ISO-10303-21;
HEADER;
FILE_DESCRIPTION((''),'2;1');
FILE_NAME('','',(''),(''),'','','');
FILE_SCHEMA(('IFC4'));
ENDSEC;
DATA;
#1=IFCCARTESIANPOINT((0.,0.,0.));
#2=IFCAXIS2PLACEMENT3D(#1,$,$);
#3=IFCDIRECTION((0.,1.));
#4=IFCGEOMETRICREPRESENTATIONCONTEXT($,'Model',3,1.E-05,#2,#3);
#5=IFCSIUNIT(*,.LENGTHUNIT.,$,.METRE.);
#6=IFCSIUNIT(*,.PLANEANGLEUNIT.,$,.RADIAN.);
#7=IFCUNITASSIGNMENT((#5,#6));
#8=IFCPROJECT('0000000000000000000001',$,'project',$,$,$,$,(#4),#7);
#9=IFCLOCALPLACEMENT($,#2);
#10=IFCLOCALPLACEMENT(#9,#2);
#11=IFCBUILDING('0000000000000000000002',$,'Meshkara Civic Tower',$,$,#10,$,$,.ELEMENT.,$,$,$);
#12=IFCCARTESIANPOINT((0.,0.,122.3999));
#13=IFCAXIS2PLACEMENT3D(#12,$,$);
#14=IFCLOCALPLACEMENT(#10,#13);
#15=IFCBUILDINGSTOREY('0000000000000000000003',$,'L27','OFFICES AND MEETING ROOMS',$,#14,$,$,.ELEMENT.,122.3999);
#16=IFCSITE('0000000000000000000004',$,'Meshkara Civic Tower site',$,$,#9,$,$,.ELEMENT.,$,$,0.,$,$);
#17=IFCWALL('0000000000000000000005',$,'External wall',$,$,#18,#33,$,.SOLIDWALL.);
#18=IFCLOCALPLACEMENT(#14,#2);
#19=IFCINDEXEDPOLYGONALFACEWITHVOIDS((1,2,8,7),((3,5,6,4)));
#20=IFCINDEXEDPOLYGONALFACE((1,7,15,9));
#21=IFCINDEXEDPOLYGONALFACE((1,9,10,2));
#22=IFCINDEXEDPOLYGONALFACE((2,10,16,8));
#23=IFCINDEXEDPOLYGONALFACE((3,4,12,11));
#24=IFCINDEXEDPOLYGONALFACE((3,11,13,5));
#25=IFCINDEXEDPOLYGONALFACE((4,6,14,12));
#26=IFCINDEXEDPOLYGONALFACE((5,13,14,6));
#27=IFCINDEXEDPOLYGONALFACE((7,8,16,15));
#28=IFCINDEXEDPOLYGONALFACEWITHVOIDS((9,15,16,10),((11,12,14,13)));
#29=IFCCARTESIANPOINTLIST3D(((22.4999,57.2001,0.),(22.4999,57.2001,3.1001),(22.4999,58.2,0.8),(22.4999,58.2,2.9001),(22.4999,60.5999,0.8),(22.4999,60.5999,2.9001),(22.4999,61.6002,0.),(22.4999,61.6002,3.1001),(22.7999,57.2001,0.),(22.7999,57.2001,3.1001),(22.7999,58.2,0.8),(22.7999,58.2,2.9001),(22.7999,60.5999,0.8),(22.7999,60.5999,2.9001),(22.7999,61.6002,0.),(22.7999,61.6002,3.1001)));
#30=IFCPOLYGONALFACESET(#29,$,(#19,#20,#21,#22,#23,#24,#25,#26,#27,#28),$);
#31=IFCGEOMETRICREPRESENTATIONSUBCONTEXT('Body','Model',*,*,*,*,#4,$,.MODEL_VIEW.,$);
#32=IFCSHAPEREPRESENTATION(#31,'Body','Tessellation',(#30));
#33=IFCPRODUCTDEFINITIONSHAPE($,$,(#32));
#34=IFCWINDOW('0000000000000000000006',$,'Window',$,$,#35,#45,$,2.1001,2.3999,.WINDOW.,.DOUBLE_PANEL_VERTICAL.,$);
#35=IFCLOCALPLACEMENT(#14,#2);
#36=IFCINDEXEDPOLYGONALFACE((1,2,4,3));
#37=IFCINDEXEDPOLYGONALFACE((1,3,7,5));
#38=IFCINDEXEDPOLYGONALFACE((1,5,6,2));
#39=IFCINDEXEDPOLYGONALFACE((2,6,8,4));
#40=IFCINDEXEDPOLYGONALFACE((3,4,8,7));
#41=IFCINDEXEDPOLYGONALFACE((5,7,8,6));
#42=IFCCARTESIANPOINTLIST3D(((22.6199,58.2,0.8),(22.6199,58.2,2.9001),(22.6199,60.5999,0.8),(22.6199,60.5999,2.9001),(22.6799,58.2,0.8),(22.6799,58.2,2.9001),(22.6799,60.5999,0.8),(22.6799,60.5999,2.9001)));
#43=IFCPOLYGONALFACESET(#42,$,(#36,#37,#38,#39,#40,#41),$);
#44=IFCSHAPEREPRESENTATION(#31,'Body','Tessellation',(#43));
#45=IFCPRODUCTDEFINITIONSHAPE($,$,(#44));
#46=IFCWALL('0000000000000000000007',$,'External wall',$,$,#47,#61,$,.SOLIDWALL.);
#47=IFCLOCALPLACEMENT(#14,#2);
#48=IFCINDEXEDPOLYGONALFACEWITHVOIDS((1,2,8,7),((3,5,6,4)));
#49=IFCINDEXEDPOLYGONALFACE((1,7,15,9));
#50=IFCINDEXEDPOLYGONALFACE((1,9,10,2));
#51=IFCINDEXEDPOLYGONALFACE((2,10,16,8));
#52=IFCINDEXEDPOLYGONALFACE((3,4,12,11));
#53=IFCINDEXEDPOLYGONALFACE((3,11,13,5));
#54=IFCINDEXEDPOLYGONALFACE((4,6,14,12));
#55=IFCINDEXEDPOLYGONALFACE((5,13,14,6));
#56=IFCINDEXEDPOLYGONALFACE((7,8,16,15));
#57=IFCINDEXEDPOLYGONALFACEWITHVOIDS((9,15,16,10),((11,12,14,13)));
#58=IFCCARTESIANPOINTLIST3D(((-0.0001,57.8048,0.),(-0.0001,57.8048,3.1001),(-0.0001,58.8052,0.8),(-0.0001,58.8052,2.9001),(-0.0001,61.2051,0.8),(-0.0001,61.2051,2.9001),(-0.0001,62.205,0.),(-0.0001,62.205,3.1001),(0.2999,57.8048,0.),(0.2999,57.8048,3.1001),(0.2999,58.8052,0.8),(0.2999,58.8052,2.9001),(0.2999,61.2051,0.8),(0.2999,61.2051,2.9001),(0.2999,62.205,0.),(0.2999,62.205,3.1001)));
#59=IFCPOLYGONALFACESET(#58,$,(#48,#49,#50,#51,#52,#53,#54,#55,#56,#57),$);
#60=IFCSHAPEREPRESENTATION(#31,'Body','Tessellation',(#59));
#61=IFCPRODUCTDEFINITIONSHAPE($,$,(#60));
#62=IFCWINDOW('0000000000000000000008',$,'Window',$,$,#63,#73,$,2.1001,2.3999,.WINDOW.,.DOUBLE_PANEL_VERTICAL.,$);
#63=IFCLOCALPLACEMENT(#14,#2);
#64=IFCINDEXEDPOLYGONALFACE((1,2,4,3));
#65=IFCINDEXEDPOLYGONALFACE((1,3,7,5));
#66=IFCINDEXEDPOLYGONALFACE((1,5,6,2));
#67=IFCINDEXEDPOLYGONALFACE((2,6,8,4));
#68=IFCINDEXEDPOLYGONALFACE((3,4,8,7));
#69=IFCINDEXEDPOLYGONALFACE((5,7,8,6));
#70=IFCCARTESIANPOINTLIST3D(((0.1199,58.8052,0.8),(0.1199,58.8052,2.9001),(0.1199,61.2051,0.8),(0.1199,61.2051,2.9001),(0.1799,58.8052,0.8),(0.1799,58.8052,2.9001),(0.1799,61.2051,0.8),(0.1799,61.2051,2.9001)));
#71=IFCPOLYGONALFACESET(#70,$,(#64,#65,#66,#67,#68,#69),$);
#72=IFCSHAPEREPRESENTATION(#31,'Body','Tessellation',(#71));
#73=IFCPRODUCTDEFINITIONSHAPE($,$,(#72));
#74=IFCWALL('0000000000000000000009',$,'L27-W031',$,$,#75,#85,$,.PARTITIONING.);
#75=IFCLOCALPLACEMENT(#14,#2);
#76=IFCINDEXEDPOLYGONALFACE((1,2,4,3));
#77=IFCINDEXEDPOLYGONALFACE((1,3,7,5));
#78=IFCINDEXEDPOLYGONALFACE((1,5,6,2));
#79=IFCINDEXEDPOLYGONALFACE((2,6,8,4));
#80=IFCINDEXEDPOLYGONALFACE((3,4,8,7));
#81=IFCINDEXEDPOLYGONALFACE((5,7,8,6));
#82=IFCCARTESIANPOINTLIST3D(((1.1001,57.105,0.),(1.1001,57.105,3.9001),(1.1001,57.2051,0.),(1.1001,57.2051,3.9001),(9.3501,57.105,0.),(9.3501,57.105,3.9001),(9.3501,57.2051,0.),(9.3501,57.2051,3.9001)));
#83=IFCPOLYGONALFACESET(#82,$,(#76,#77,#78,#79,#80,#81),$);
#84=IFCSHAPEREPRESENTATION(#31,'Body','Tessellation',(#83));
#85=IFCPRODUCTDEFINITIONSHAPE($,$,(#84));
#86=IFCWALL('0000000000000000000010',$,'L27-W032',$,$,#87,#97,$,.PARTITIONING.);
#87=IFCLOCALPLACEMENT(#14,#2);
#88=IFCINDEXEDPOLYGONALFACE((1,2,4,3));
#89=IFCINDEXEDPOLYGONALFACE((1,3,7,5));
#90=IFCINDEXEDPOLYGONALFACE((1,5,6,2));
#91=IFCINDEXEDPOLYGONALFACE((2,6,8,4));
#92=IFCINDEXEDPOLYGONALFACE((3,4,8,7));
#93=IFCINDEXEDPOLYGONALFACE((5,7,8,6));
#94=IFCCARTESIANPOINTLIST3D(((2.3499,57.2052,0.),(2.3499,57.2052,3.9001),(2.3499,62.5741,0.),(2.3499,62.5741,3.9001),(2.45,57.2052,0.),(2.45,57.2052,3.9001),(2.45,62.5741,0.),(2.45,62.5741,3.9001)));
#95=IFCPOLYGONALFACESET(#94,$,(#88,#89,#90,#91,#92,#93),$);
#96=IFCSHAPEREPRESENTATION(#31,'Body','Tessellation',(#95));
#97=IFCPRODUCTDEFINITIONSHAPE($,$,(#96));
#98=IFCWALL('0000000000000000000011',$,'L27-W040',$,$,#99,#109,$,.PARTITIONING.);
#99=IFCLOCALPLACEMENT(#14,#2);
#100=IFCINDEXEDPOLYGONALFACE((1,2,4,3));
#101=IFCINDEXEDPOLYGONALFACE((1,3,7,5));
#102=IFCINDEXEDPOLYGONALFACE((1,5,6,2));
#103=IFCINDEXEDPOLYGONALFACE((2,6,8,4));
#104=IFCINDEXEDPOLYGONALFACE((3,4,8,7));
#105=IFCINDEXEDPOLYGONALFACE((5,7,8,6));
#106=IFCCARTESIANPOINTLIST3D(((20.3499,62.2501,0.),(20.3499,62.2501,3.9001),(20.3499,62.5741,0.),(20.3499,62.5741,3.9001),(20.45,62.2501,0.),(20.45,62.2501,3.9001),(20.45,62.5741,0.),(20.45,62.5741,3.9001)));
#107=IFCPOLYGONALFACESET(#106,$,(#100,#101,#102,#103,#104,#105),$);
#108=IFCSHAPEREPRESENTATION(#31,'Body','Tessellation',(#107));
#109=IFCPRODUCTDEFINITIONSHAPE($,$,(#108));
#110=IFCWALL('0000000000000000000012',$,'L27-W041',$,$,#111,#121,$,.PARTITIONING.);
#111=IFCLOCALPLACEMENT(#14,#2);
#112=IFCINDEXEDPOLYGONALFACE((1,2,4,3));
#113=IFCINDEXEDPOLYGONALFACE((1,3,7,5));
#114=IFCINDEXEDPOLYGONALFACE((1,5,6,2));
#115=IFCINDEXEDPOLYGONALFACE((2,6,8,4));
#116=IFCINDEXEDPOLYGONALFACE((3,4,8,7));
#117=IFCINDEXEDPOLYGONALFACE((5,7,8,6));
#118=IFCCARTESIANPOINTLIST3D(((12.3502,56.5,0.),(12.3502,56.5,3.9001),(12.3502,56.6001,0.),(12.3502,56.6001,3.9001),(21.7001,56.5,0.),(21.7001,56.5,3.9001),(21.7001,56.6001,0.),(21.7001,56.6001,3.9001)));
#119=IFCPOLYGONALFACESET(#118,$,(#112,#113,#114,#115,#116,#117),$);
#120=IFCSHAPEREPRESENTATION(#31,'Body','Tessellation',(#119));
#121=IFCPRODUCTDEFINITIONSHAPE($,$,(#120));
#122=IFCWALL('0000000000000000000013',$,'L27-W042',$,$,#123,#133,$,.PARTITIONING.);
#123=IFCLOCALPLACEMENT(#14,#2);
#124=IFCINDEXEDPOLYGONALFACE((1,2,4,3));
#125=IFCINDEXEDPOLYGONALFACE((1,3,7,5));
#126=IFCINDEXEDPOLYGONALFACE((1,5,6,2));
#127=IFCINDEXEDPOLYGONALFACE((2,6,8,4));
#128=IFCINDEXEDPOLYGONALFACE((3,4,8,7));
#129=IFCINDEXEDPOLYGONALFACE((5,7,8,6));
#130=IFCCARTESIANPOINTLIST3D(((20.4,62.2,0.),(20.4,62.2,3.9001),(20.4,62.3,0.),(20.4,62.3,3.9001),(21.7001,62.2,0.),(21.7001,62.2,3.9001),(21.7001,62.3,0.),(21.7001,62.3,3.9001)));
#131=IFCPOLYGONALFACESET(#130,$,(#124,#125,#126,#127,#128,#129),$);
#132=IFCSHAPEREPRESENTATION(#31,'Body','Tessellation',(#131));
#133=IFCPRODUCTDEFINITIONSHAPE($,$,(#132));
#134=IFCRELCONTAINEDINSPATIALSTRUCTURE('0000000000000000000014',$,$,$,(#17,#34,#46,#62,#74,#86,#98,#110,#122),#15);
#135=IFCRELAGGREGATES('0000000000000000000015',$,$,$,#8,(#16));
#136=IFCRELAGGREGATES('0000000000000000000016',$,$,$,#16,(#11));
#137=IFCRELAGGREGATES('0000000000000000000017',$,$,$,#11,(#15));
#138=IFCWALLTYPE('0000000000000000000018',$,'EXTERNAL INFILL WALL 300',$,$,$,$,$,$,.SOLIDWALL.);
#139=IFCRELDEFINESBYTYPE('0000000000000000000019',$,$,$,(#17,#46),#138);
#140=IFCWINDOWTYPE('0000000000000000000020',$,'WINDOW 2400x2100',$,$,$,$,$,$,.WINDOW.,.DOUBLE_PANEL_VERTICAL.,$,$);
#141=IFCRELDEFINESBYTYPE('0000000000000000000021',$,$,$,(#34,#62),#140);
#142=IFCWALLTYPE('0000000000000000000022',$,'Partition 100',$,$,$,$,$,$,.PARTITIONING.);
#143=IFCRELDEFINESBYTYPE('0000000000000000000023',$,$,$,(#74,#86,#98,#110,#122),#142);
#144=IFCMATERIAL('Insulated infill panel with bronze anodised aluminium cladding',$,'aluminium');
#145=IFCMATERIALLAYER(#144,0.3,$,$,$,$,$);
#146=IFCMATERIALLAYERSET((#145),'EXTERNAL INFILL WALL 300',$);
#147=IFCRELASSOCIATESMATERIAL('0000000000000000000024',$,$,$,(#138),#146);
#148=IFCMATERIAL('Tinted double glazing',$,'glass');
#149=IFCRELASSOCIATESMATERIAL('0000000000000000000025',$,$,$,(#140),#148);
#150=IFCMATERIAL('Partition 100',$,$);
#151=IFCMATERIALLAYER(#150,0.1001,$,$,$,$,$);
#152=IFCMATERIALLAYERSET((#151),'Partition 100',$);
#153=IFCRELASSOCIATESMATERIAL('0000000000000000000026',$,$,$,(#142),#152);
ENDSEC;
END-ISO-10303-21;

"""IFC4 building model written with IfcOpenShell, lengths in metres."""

from ifc_helpers import new_model, si_unit, direction, frame, frame_2d, origin, place, context, subcontext, project, spatial, rectangle, extrude, material, layer, layer_set, type_object, element, fill, save


model = new_model("IFC4")

# Units and contexts
model_context = context("Model", 3, precision=1e-05, world=origin(), true_north=direction((0.0, 1.0)))
body_context = subcontext(model_context, "Body", "Model", "MODEL_VIEW")
ifc_project = project(units=[si_unit("LENGTHUNIT", "METRE"), si_unit("PLANEANGLEUNIT", "RADIAN")], contexts=[model_context])

# Site, building, storey
site_placement = place(None, origin())
site = spatial("IfcSite", under=ifc_project, at=site_placement, Name="Meshkara Civic Tower site", CompositionType="ELEMENT", RefElevation=0.0)
building_placement = place(site_placement, origin())
building = spatial("IfcBuilding", under=site, at=building_placement, Name="Meshkara Civic Tower", CompositionType="ELEMENT")
storey_placement = place(building_placement, frame((0.0, 0.0, 122.3999)))
storey = spatial("IfcBuildingStorey", under=building, at=storey_placement, Name="L27", Description="OFFICES AND MEETING ROOMS", CompositionType="ELEMENT", Elevation=122.3999)

# Walls, openings, windows
ifc_material_1 = material(Name="Insulated infill panel with bronze anodised aluminium cladding", Category="aluminium")
ifc_layer_1 = layer(ifc_material_1, 0.3)
ifc_layer_set_1 = layer_set([ifc_layer_1], Name="EXTERNAL INFILL WALL 300")
wall_type_1 = type_object("IfcWallType", Name="EXTERNAL INFILL WALL 300", PredefinedType="SOLIDWALL", material=ifc_layer_set_1)
wall_1_placement = place(storey_placement, frame((22.6499, 57.2, 0.0), z_axis=(0.0, 0.0, 1.0), x_axis=(0.0, 1.0, 0.0)))
wall_1 = element("IfcWall", 1, at=wall_1_placement, inside=storey, type_object=wall_type_1, Name="External wall", PredefinedType="SOLIDWALL", context=body_context, shape_type="SweptSolid", body=[
    extrude(rectangle(XDim=4.4001, YDim=0.3, at=frame_2d((2.2002, 0.0))), origin(), (0.0, 0.0, 1.0), 3.1001),
])
opening_1_placement = place(wall_1_placement, frame((1.0, 0.0, 0.8)))
opening_1 = element("IfcOpeningElement", 2, at=opening_1_placement, cuts=wall_1, PredefinedType="OPENING", context=body_context, shape_type="SweptSolid", body=[
    extrude(rectangle(XDim=2.3999, YDim=2.1001, at=frame_2d((1.2, 1.05))), frame((0.0, 0.1599, 0.0), z_axis=(0.0, -1.0, 0.0), x_axis=(1.0, 0.0, 0.0)), (0.0, 0.0, 1.0), 0.3201),
])
ifc_material_2 = material(Name="Tinted double glazing", Category="glass")
window_type = type_object("IfcWindowType", Name="WINDOW 2400x2100", PartitioningType="DOUBLE_PANEL_VERTICAL", PredefinedType="WINDOW", material=ifc_material_2)
window_1_placement = place(opening_1_placement, origin())
window_1 = element("IfcWindow", 3, at=window_1_placement, inside=storey, type_object=window_type, Name="Window", OverallHeight=2.1001, OverallWidth=2.3999, PartitioningType="DOUBLE_PANEL_VERTICAL", PredefinedType="WINDOW", context=body_context, shape_type="SweptSolid", body=[
    extrude(rectangle(XDim=2.3999, YDim=2.1001, at=frame_2d((1.2, 1.05))), frame((0.0, 0.03, 0.0), z_axis=(0.0, -1.0, 0.0), x_axis=(1.0, 0.0, 0.0)), (0.0, 0.0, 1.0), 0.0601),
])
fill(opening_1, window_1)
wall_2_placement = place(storey_placement, frame((0.1499, 62.2051, 0.0), z_axis=(0.0, 0.0, 1.0), x_axis=(0.0, -1.0, 0.0)))
wall_2 = element("IfcWall", 4, at=wall_2_placement, inside=storey, type_object=wall_type_1, Name="External wall", PredefinedType="SOLIDWALL", context=body_context, shape_type="SweptSolid", body=[
    extrude(rectangle(XDim=4.4001, YDim=0.3, at=frame_2d((2.2002, 0.0))), origin(), (0.0, 0.0, 1.0), 3.1001),
])
opening_2_placement = place(wall_2_placement, frame((1.0, 0.0, 0.8)))
opening_2 = element("IfcOpeningElement", 5, at=opening_2_placement, cuts=wall_2, PredefinedType="OPENING", context=body_context, shape_type="SweptSolid", body=[
    extrude(rectangle(XDim=2.3999, YDim=2.1001, at=frame_2d((1.2, 1.05))), frame((0.0, 0.1599, 0.0), z_axis=(0.0, -1.0, 0.0), x_axis=(1.0, 0.0, 0.0)), (0.0, 0.0, 1.0), 0.3201),
])
window_2_placement = place(opening_2_placement, origin())
window_2 = element("IfcWindow", 6, at=window_2_placement, inside=storey, type_object=window_type, Name="Window", OverallHeight=2.1001, OverallWidth=2.3999, PartitioningType="DOUBLE_PANEL_VERTICAL", PredefinedType="WINDOW", context=body_context, shape_type="SweptSolid", body=[
    extrude(rectangle(XDim=2.3999, YDim=2.1001, at=frame_2d((1.2, 1.05))), frame((0.0, 0.03, 0.0), z_axis=(0.0, -1.0, 0.0), x_axis=(1.0, 0.0, 0.0)), (0.0, 0.0, 1.0), 0.0601),
])
fill(opening_2, window_2)

# Walls
ifc_material_3 = material(Name="Partition 100")
ifc_layer_2 = layer(ifc_material_3, 0.1001)
ifc_layer_set_2 = layer_set([ifc_layer_2], Name="Partition 100")
wall_type_2 = type_object("IfcWallType", Name="Partition 100", PredefinedType="PARTITIONING", material=ifc_layer_set_2)
wall_3_placement = place(storey_placement, frame((1.1001, 57.155, 0.0), z_axis=(0.0, 0.0, 1.0), x_axis=(1.0, 0.0, 0.0)))
element("IfcWall", 7, at=wall_3_placement, inside=storey, type_object=wall_type_2, Name="L27-W031", PredefinedType="PARTITIONING", context=body_context, shape_type="SweptSolid", body=[
    extrude(rectangle(XDim=8.25, YDim=0.1001, at=frame_2d((4.125, 0.0))), origin(), (0.0, 0.0, 1.0), 3.9001),
])
wall_4_placement = place(storey_placement, frame((2.3999, 57.2051, 0.0), z_axis=(0.0, 0.0, 1.0), x_axis=(0.0, 1.0, 0.0)))
element("IfcWall", 8, at=wall_4_placement, inside=storey, type_object=wall_type_2, Name="L27-W032", PredefinedType="PARTITIONING", context=body_context, shape_type="SweptSolid", body=[
    extrude(rectangle(XDim=5.3689, YDim=0.1001, at=frame_2d((2.6846, 0.0))), origin(), (0.0, 0.0, 1.0), 3.9001),
])
wall_5_placement = place(storey_placement, frame((20.3999, 62.25, 0.0), z_axis=(0.0, 0.0, 1.0), x_axis=(0.0, 1.0, 0.0)))
element("IfcWall", 9, at=wall_5_placement, inside=storey, type_object=wall_type_2, Name="L27-W040", PredefinedType="PARTITIONING", context=body_context, shape_type="SweptSolid", body=[
    extrude(rectangle(XDim=0.324, YDim=0.1001, at=frame_2d((0.1621, 0.0))), origin(), (0.0, 0.0, 1.0), 3.9001),
])
wall_6_placement = place(storey_placement, frame((21.7, 56.55, 0.0), z_axis=(0.0, 0.0, 1.0), x_axis=(-1.0, 0.0, 0.0)))
element("IfcWall", 10, at=wall_6_placement, inside=storey, type_object=wall_type_2, Name="L27-W041", PredefinedType="PARTITIONING", context=body_context, shape_type="SweptSolid", body=[
    extrude(rectangle(XDim=9.3499, YDim=0.1001, at=frame_2d((4.6748, 0.0))), origin(), (0.0, 0.0, 1.0), 3.9001),
])
wall_7_placement = place(storey_placement, frame((21.7, 62.25, 0.0), z_axis=(0.0, 0.0, 1.0), x_axis=(-1.0, 0.0, 0.0)))
element("IfcWall", 11, at=wall_7_placement, inside=storey, type_object=wall_type_2, Name="L27-W042", PredefinedType="PARTITIONING", context=body_context, shape_type="SweptSolid", body=[
    extrude(rectangle(XDim=1.3, YDim=0.1001, at=frame_2d((0.6499, 0.0))), origin(), (0.0, 0.0, 1.0), 3.9001),
])

save(model, "model.ifc")
